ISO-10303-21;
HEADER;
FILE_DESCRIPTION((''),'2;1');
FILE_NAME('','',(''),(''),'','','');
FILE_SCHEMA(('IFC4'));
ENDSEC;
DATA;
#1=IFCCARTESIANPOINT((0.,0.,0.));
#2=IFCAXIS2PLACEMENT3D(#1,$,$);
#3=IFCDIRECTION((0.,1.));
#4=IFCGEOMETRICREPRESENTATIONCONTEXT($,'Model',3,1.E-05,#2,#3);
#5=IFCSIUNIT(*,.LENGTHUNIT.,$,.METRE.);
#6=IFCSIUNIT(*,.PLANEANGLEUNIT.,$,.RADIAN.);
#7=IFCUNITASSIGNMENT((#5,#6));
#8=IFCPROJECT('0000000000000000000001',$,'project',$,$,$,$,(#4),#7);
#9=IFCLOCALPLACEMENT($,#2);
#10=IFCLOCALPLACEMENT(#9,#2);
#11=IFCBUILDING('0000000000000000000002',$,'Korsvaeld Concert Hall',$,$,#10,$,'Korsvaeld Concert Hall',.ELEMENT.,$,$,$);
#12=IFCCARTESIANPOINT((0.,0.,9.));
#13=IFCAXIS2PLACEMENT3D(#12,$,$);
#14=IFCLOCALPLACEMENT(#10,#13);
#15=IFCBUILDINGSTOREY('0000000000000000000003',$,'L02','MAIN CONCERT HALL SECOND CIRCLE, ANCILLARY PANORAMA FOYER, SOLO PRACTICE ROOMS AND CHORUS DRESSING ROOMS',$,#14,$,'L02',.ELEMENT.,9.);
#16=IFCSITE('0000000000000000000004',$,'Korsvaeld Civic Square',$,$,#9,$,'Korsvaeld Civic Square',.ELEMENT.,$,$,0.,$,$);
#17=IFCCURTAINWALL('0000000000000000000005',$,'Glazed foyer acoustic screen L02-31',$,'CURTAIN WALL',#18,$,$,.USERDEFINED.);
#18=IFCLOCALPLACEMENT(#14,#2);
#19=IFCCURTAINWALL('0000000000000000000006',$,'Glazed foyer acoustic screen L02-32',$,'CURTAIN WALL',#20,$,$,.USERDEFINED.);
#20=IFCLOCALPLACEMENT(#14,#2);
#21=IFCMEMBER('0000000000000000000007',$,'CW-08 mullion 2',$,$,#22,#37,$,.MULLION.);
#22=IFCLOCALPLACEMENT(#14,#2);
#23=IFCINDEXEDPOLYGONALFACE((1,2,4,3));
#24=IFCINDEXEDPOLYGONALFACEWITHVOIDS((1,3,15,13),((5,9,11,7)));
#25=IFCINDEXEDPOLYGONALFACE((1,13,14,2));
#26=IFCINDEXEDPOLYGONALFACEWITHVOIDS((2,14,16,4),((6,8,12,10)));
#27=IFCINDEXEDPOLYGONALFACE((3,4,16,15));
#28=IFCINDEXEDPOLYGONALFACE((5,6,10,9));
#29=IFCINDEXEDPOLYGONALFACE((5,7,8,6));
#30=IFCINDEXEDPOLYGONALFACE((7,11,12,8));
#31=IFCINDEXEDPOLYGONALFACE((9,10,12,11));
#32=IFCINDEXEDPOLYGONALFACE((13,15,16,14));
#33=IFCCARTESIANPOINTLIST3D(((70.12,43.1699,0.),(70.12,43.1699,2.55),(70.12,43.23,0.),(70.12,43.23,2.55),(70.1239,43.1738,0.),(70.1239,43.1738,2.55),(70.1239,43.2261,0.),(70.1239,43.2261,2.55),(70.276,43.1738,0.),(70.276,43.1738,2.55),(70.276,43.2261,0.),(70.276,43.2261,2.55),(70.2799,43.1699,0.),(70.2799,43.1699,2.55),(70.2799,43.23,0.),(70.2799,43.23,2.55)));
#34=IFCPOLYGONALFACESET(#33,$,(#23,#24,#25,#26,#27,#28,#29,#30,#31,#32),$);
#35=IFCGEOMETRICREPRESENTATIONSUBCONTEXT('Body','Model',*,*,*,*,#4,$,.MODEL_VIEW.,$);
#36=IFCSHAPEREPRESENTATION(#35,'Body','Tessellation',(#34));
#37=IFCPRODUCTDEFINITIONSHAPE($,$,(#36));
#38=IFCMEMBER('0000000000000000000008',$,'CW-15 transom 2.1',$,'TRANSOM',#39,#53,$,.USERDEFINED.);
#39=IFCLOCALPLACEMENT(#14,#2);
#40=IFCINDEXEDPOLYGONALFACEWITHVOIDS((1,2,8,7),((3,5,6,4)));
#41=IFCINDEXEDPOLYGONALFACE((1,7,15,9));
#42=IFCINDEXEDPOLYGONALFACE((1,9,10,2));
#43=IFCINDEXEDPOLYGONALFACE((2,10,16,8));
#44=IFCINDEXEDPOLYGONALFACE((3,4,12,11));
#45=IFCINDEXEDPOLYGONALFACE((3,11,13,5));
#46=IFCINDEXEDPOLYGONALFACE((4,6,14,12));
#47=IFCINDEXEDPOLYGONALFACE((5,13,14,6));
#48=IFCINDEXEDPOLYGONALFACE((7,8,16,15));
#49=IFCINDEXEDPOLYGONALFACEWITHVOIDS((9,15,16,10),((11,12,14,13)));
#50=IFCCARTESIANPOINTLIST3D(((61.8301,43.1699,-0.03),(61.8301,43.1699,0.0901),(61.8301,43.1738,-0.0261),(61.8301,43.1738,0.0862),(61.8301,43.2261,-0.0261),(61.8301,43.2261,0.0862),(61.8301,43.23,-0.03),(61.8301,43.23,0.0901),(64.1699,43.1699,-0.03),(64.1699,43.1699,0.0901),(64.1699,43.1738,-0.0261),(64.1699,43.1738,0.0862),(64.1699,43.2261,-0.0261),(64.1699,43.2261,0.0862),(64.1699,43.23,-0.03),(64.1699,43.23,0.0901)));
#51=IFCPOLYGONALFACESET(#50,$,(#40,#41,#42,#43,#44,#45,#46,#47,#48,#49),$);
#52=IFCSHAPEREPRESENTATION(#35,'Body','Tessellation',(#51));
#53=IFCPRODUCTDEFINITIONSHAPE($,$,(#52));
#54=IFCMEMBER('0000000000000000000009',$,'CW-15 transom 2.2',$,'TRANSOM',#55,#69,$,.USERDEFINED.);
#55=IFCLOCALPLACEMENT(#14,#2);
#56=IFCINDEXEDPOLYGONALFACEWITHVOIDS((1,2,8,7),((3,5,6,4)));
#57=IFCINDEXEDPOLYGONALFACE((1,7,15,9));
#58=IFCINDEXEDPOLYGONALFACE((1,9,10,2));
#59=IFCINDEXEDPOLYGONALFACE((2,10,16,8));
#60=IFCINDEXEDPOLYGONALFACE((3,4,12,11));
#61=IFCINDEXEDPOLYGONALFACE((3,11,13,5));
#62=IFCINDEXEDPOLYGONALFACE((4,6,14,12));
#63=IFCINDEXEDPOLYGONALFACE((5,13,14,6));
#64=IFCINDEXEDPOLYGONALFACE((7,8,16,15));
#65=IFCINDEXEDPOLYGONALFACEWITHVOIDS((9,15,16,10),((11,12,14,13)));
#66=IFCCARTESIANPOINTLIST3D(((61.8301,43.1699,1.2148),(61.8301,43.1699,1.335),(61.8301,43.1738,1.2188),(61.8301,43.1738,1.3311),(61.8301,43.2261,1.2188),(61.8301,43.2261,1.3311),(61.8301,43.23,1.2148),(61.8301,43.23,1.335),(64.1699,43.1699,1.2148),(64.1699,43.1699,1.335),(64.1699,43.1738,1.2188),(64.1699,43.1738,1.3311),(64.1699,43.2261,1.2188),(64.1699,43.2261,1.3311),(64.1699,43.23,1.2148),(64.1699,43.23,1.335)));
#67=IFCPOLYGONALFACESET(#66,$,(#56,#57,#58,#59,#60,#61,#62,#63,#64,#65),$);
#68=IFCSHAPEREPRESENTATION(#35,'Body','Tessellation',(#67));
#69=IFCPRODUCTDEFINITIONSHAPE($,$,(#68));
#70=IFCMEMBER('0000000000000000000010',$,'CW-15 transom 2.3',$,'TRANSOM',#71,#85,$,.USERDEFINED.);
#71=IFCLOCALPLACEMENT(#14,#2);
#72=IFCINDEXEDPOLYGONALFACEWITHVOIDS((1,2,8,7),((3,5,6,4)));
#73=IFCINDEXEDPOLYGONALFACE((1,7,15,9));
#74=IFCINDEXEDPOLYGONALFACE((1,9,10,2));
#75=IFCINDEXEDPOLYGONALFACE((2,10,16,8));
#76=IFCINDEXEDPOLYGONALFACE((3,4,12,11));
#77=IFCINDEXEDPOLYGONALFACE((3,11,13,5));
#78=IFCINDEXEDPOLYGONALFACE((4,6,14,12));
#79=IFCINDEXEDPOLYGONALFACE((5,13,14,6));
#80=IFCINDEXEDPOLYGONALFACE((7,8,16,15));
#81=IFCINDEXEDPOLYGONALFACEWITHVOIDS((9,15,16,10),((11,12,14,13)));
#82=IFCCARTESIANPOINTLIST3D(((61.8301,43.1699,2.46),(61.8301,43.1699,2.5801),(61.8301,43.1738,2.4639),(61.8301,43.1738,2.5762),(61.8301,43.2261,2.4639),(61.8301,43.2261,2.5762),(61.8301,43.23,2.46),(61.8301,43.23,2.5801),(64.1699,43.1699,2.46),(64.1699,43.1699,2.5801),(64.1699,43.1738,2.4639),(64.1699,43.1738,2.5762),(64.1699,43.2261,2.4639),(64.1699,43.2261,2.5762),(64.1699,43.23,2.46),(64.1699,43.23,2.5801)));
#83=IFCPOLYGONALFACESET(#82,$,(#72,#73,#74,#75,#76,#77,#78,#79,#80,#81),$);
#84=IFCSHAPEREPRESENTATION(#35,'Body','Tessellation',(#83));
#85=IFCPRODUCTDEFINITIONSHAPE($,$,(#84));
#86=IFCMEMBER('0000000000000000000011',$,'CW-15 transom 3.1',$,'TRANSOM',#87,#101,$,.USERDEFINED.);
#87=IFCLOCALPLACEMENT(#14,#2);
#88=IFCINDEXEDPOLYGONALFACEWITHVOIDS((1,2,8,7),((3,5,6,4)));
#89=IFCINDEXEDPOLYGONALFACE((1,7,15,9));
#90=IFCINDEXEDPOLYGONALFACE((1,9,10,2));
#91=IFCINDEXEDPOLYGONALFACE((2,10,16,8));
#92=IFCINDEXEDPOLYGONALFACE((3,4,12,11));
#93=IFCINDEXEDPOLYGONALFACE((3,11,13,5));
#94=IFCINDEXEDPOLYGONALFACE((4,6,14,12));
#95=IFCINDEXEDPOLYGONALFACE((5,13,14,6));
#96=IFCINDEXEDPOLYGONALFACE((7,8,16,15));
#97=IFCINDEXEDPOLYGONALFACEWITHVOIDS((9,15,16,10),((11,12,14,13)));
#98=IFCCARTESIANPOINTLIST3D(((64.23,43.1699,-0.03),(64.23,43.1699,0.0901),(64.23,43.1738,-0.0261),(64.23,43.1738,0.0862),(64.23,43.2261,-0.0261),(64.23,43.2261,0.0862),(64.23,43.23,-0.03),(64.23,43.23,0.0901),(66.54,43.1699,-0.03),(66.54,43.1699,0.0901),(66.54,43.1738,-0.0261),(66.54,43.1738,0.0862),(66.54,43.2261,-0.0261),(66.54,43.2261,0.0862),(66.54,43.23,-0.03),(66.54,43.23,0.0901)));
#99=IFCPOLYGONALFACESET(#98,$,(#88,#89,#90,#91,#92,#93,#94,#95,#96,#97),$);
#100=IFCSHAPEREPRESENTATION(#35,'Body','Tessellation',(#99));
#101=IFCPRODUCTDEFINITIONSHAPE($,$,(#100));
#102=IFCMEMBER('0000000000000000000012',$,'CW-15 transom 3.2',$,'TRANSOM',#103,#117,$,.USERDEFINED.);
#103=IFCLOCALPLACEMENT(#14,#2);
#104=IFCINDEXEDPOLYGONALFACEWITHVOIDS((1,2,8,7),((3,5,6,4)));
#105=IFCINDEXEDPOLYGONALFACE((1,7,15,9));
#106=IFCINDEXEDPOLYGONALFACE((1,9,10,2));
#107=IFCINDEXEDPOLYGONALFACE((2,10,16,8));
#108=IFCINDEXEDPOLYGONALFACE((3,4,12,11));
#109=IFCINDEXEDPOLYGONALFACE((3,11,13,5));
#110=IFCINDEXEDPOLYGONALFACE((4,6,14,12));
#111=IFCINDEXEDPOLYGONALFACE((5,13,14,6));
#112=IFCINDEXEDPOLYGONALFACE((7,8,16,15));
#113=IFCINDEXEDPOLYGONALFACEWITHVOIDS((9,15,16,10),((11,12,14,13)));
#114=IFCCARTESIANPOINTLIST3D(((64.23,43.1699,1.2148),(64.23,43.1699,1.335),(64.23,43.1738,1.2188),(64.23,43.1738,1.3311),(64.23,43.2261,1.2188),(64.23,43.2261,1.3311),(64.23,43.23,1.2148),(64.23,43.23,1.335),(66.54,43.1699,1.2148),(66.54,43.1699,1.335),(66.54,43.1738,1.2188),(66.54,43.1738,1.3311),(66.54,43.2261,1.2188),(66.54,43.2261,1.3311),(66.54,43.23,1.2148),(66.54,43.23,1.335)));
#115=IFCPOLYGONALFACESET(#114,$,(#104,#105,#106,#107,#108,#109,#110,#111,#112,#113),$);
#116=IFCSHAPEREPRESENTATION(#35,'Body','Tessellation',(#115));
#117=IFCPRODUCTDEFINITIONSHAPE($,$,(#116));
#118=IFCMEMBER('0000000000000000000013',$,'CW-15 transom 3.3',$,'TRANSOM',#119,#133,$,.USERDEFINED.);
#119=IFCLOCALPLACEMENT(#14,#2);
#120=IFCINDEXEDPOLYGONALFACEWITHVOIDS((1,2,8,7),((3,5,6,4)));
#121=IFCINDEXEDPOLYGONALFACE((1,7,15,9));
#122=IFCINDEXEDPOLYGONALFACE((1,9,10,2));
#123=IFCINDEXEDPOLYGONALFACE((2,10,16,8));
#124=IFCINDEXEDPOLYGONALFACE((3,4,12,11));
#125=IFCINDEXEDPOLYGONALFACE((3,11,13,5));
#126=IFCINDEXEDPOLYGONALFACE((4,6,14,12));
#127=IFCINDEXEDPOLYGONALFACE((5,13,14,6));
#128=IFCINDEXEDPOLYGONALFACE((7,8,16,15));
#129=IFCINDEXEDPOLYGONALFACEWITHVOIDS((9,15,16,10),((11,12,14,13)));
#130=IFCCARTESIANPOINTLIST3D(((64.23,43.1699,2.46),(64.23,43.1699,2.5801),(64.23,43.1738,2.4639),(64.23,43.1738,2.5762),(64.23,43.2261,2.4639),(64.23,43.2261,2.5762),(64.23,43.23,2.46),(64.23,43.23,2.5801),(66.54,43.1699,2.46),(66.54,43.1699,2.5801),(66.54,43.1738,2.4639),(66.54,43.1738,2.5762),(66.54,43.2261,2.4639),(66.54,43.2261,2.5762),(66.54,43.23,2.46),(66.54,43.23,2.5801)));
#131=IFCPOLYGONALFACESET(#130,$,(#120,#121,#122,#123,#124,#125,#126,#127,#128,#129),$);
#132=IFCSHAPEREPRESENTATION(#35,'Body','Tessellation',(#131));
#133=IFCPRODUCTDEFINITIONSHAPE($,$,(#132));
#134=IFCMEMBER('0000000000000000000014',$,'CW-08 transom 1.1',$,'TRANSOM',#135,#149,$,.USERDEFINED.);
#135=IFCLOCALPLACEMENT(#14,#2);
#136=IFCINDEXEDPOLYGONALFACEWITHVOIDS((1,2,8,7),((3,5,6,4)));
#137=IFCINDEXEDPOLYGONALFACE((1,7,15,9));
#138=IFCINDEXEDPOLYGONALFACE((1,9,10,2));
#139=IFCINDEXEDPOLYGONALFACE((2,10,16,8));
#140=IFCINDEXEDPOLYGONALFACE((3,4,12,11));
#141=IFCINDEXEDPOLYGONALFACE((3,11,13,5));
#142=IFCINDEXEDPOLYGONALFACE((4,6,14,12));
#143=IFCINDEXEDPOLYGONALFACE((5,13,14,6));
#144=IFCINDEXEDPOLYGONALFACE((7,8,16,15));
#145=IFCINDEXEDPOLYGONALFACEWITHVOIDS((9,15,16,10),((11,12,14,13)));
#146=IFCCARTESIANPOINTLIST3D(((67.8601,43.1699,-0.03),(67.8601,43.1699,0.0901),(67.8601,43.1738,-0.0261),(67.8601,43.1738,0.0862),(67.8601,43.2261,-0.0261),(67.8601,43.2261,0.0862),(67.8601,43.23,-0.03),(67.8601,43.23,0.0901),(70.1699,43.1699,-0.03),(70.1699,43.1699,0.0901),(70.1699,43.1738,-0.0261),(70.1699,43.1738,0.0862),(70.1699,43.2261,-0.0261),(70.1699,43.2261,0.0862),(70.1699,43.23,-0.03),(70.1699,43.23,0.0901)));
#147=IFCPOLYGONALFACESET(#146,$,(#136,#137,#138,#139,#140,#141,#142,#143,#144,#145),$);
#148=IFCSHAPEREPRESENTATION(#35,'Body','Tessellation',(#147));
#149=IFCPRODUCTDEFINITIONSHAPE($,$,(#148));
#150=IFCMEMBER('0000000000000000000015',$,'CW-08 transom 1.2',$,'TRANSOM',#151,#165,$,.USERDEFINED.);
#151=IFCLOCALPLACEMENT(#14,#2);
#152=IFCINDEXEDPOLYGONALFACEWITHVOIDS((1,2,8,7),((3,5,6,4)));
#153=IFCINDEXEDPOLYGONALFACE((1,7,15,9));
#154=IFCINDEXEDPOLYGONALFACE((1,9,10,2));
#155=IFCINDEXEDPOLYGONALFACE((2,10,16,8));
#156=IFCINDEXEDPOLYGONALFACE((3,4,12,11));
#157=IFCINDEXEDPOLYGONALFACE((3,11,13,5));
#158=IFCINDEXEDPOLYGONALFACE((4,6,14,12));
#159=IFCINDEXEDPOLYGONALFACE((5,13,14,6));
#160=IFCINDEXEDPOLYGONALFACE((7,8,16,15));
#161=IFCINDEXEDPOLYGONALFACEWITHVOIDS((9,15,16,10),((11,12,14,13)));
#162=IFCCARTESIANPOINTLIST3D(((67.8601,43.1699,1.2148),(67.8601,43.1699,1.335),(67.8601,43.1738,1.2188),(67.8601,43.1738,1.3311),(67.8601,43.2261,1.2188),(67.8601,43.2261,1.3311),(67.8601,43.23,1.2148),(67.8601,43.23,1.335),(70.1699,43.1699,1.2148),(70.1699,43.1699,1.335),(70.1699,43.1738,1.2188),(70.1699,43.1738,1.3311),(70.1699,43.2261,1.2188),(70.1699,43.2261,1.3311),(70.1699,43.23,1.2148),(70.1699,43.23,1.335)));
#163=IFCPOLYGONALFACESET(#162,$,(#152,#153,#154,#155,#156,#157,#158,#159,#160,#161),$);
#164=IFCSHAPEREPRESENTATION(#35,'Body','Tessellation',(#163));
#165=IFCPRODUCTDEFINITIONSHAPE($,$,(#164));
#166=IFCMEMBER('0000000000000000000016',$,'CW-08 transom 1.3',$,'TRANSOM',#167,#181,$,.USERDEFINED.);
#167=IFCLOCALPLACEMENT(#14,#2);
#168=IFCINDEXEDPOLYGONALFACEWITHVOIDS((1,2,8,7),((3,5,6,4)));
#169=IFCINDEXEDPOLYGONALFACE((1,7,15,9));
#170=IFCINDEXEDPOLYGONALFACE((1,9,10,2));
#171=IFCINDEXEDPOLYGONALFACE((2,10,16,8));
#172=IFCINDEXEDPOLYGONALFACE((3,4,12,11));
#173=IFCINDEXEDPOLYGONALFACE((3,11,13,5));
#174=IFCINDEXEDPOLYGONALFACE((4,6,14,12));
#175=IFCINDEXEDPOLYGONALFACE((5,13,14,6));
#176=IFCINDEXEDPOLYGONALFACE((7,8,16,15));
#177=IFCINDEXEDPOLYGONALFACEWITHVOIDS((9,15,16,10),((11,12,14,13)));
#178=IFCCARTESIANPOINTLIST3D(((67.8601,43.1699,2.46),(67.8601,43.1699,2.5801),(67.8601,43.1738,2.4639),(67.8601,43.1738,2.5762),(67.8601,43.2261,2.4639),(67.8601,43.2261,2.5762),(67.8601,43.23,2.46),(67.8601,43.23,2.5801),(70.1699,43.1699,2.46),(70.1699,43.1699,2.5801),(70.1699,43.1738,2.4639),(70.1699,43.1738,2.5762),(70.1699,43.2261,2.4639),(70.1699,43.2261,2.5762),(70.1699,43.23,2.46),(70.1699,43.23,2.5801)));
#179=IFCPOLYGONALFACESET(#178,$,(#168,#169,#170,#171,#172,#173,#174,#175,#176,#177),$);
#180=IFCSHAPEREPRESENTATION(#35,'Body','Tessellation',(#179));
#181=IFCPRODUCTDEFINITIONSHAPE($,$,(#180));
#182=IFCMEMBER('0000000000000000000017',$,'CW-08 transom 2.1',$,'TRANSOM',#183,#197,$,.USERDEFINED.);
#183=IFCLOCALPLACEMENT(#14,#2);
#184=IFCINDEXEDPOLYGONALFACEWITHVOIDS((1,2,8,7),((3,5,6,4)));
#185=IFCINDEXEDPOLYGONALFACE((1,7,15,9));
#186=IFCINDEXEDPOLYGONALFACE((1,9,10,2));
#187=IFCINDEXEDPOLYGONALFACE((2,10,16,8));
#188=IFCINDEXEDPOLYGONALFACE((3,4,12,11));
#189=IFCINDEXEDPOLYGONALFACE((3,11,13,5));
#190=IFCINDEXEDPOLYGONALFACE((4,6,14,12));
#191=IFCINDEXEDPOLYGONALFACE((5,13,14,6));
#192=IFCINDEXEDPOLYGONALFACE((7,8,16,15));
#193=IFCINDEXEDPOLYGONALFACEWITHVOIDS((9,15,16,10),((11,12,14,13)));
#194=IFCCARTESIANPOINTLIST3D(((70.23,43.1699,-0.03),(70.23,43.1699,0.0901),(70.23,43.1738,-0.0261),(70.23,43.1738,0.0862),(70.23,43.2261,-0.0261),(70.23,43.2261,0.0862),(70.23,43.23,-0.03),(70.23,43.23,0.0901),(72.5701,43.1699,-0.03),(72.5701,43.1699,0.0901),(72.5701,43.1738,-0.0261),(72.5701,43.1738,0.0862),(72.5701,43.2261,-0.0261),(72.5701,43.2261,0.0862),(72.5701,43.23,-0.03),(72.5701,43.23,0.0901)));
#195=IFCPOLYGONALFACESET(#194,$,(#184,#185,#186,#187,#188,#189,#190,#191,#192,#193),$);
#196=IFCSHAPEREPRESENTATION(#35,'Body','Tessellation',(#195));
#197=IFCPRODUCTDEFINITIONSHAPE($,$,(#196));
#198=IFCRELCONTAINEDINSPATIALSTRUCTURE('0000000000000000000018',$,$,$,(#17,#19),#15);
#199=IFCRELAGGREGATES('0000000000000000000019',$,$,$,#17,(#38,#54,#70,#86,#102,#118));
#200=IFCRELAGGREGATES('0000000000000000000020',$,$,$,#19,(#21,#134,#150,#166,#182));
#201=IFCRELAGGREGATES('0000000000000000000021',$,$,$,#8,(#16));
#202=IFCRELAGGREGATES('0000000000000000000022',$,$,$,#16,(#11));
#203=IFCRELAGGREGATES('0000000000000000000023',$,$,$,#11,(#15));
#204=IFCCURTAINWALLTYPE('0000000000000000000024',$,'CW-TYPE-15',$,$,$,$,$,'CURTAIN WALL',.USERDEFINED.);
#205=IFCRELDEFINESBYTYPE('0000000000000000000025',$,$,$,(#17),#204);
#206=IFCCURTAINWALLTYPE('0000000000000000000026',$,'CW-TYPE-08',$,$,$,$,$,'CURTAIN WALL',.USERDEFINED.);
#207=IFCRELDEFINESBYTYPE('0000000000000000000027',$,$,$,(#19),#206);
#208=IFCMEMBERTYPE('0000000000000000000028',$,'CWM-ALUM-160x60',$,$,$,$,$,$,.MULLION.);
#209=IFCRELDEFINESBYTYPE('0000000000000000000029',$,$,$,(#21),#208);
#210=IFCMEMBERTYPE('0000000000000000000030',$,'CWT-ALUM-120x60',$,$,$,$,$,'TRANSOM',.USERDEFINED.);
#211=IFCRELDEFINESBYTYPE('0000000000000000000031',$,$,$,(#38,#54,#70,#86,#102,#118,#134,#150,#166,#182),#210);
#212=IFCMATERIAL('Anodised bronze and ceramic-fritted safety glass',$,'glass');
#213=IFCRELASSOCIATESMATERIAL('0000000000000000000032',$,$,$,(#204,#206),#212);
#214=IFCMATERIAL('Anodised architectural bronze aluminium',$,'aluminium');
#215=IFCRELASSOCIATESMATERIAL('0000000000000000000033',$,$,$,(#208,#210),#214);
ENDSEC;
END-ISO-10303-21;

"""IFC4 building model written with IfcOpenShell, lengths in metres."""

from ifc_helpers import new_model, si_unit, direction, frame, origin, origin_2d, place, context, subcontext, project, spatial, hollow_rectangle, extrude, material, material_profile, profile_set, type_object, element, aggregate, save


model = new_model("IFC4")

# Units and contexts
model_context = context("Model", 3, precision=1e-05, world=origin(), true_north=direction((0.0, 1.0)))
body_context = subcontext(model_context, "Body", "Model", "MODEL_VIEW")
ifc_project = project(units=[si_unit("LENGTHUNIT", "METRE"), si_unit("PLANEANGLEUNIT", "RADIAN")], contexts=[model_context])

# Site, building, storey
site_placement = place(None, origin())
site = spatial("IfcSite", under=ifc_project, at=site_placement, Name="Korsvaeld Civic Square", LongName="Korsvaeld Civic Square", CompositionType="ELEMENT", RefElevation=0.0)
building_placement = place(site_placement, origin())
building = spatial("IfcBuilding", under=site, at=building_placement, Name="Korsvaeld Concert Hall", LongName="Korsvaeld Concert Hall", CompositionType="ELEMENT")
storey_placement = place(building_placement, frame((0.0, 0.0, 9.0)))
storey = spatial("IfcBuildingStorey", under=building, at=storey_placement, Name="L02", Description="MAIN CONCERT HALL SECOND CIRCLE, ANCILLARY PANORAMA FOYER, SOLO PRACTICE ROOMS AND CHORUS DRESSING ROOMS", LongName="L02", CompositionType="ELEMENT", Elevation=9.0)

# Curtain walls, member
ifc_material_1 = material(Name="Anodised bronze and ceramic-fritted safety glass", Category="glass")
curtain_wall_type_1 = type_object("IfcCurtainWallType", Name="CW-TYPE-15", ElementType="CURTAIN WALL", PredefinedType="USERDEFINED", material=ifc_material_1)
curtain_wall_1_placement = place(storey_placement, origin())
curtain_wall_1 = element("IfcCurtainWall", 1, at=curtain_wall_1_placement, inside=storey, type_object=curtain_wall_type_1, Name="Glazed foyer acoustic screen L02-31", ObjectType="CURTAIN WALL", PredefinedType="USERDEFINED")
ifc_material_2 = material(Name="Anodised architectural bronze aluminium", Category="aluminium")
ifc_material_profile_1 = material_profile(ifc_material_2, hollow_rectangle(XDim=0.0601, YDim=0.1599, WallThickness=0.0039, at=origin_2d()), Name="CWM 160x60x4")
ifc_profile_set_1 = profile_set([ifc_material_profile_1], Name="Anodised architectural bronze aluminium")
member_type_1 = type_object("IfcMemberType", Name="CWM-ALUM-160x60", PredefinedType="MULLION", material=ifc_profile_set_1)
curtain_wall_type_2 = type_object("IfcCurtainWallType", Name="CW-TYPE-08", ElementType="CURTAIN WALL", PredefinedType="USERDEFINED", material=ifc_material_1)
curtain_wall_2_placement = place(storey_placement, origin())
curtain_wall_2 = element("IfcCurtainWall", 2, at=curtain_wall_2_placement, inside=storey, type_object=curtain_wall_type_2, Name="Glazed foyer acoustic screen L02-32", ObjectType="CURTAIN WALL", PredefinedType="USERDEFINED")
member_1_placement = place(storey_placement, frame((70.2, 43.2, 0.0), z_axis=(0.0, 0.0, 1.0), x_axis=(0.0, 1.0, 0.0)))
member_1 = element("IfcMember", 3, at=member_1_placement, type_object=member_type_1, Name="CW-08 mullion 2", PredefinedType="MULLION", context=body_context, shape_type="SweptSolid", body=[
    extrude(hollow_rectangle(XDim=0.0601, YDim=0.1599, WallThickness=0.0039, at=origin_2d()), origin(), (0.0, 0.0, 1.0), 2.55),
])

# Members
ifc_material_profile_2 = material_profile(ifc_material_2, hollow_rectangle(XDim=0.0601, YDim=0.1201, WallThickness=0.0039, at=origin_2d()), Name="CWT 120x60x4")
ifc_profile_set_2 = profile_set([ifc_material_profile_2], Name="Anodised architectural bronze aluminium")
member_type_2 = type_object("IfcMemberType", Name="CWT-ALUM-120x60", ElementType="TRANSOM", PredefinedType="USERDEFINED", material=ifc_profile_set_2)
member_2_placement = place(storey_placement, frame((61.8301, 43.2, 0.03), z_axis=(1.0, 0.0, 0.0), x_axis=(0.0, 1.0, 0.0)))
member_2 = element("IfcMember", 4, at=member_2_placement, type_object=member_type_2, Name="CW-15 transom 2.1", ObjectType="TRANSOM", PredefinedType="USERDEFINED", context=body_context, shape_type="SweptSolid", body=[
    extrude(hollow_rectangle(XDim=0.0601, YDim=0.1201, WallThickness=0.0039, at=origin_2d()), origin(), (0.0, 0.0, 1.0), 2.3398),
])
member_3_placement = place(storey_placement, frame((61.8301, 43.2, 1.2749), z_axis=(1.0, 0.0, 0.0), x_axis=(0.0, 1.0, 0.0)))
member_3 = element("IfcMember", 5, at=member_3_placement, type_object=member_type_2, Name="CW-15 transom 2.2", ObjectType="TRANSOM", PredefinedType="USERDEFINED", context=body_context, shape_type="SweptSolid", body=[
    extrude(hollow_rectangle(XDim=0.0601, YDim=0.1201, WallThickness=0.0039, at=origin_2d()), origin(), (0.0, 0.0, 1.0), 2.3398),
])
member_4_placement = place(storey_placement, frame((61.8301, 43.2, 2.52), z_axis=(1.0, 0.0, 0.0), x_axis=(0.0, 1.0, 0.0)))
member_4 = element("IfcMember", 6, at=member_4_placement, type_object=member_type_2, Name="CW-15 transom 2.3", ObjectType="TRANSOM", PredefinedType="USERDEFINED", context=body_context, shape_type="SweptSolid", body=[
    extrude(hollow_rectangle(XDim=0.0601, YDim=0.1201, WallThickness=0.0039, at=origin_2d()), origin(), (0.0, 0.0, 1.0), 2.3398),
])
member_5_placement = place(storey_placement, frame((64.23, 43.2, 0.03), z_axis=(1.0, 0.0, 0.0), x_axis=(0.0, 1.0, 0.0)))
member_5 = element("IfcMember", 7, at=member_5_placement, type_object=member_type_2, Name="CW-15 transom 3.1", ObjectType="TRANSOM", PredefinedType="USERDEFINED", context=body_context, shape_type="SweptSolid", body=[
    extrude(hollow_rectangle(XDim=0.0601, YDim=0.1201, WallThickness=0.0039, at=origin_2d()), origin(), (0.0, 0.0, 1.0), 2.3101),
])
member_6_placement = place(storey_placement, frame((64.23, 43.2, 1.2749), z_axis=(1.0, 0.0, 0.0), x_axis=(0.0, 1.0, 0.0)))
member_6 = element("IfcMember", 8, at=member_6_placement, type_object=member_type_2, Name="CW-15 transom 3.2", ObjectType="TRANSOM", PredefinedType="USERDEFINED", context=body_context, shape_type="SweptSolid", body=[
    extrude(hollow_rectangle(XDim=0.0601, YDim=0.1201, WallThickness=0.0039, at=origin_2d()), origin(), (0.0, 0.0, 1.0), 2.3101),
])
member_7_placement = place(storey_placement, frame((64.23, 43.2, 2.52), z_axis=(1.0, 0.0, 0.0), x_axis=(0.0, 1.0, 0.0)))
member_7 = element("IfcMember", 9, at=member_7_placement, type_object=member_type_2, Name="CW-15 transom 3.3", ObjectType="TRANSOM", PredefinedType="USERDEFINED", context=body_context, shape_type="SweptSolid", body=[
    extrude(hollow_rectangle(XDim=0.0601, YDim=0.1201, WallThickness=0.0039, at=origin_2d()), origin(), (0.0, 0.0, 1.0), 2.3101),
])
member_8_placement = place(storey_placement, frame((67.8601, 43.2, 0.03), z_axis=(1.0, 0.0, 0.0), x_axis=(0.0, 1.0, 0.0)))
member_8 = element("IfcMember", 10, at=member_8_placement, type_object=member_type_2, Name="CW-08 transom 1.1", ObjectType="TRANSOM", PredefinedType="USERDEFINED", context=body_context, shape_type="SweptSolid", body=[
    extrude(hollow_rectangle(XDim=0.0601, YDim=0.1201, WallThickness=0.0039, at=origin_2d()), origin(), (0.0, 0.0, 1.0), 2.3098),
])
member_9_placement = place(storey_placement, frame((67.8601, 43.2, 1.2749), z_axis=(1.0, 0.0, 0.0), x_axis=(0.0, 1.0, 0.0)))
member_9 = element("IfcMember", 11, at=member_9_placement, type_object=member_type_2, Name="CW-08 transom 1.2", ObjectType="TRANSOM", PredefinedType="USERDEFINED", context=body_context, shape_type="SweptSolid", body=[
    extrude(hollow_rectangle(XDim=0.0601, YDim=0.1201, WallThickness=0.0039, at=origin_2d()), origin(), (0.0, 0.0, 1.0), 2.3098),
])
member_10_placement = place(storey_placement, frame((67.8601, 43.2, 2.52), z_axis=(1.0, 0.0, 0.0), x_axis=(0.0, 1.0, 0.0)))
member_10 = element("IfcMember", 12, at=member_10_placement, type_object=member_type_2, Name="CW-08 transom 1.3", ObjectType="TRANSOM", PredefinedType="USERDEFINED", context=body_context, shape_type="SweptSolid", body=[
    extrude(hollow_rectangle(XDim=0.0601, YDim=0.1201, WallThickness=0.0039, at=origin_2d()), origin(), (0.0, 0.0, 1.0), 2.3098),
])
member_11_placement = place(storey_placement, frame((70.23, 43.2, 0.03), z_axis=(1.0, 0.0, 0.0), x_axis=(0.0, 1.0, 0.0)))
member_11 = element("IfcMember", 13, at=member_11_placement, type_object=member_type_2, Name="CW-08 transom 2.1", ObjectType="TRANSOM", PredefinedType="USERDEFINED", context=body_context, shape_type="SweptSolid", body=[
    extrude(hollow_rectangle(XDim=0.0601, YDim=0.1201, WallThickness=0.0039, at=origin_2d()), origin(), (0.0, 0.0, 1.0), 2.3401),
])

aggregate(curtain_wall_1, [member_2, member_3, member_4, member_5, member_6, member_7])
aggregate(curtain_wall_2, [member_1, member_8, member_9, member_10, member_11])

save(model, "model.ifc")
